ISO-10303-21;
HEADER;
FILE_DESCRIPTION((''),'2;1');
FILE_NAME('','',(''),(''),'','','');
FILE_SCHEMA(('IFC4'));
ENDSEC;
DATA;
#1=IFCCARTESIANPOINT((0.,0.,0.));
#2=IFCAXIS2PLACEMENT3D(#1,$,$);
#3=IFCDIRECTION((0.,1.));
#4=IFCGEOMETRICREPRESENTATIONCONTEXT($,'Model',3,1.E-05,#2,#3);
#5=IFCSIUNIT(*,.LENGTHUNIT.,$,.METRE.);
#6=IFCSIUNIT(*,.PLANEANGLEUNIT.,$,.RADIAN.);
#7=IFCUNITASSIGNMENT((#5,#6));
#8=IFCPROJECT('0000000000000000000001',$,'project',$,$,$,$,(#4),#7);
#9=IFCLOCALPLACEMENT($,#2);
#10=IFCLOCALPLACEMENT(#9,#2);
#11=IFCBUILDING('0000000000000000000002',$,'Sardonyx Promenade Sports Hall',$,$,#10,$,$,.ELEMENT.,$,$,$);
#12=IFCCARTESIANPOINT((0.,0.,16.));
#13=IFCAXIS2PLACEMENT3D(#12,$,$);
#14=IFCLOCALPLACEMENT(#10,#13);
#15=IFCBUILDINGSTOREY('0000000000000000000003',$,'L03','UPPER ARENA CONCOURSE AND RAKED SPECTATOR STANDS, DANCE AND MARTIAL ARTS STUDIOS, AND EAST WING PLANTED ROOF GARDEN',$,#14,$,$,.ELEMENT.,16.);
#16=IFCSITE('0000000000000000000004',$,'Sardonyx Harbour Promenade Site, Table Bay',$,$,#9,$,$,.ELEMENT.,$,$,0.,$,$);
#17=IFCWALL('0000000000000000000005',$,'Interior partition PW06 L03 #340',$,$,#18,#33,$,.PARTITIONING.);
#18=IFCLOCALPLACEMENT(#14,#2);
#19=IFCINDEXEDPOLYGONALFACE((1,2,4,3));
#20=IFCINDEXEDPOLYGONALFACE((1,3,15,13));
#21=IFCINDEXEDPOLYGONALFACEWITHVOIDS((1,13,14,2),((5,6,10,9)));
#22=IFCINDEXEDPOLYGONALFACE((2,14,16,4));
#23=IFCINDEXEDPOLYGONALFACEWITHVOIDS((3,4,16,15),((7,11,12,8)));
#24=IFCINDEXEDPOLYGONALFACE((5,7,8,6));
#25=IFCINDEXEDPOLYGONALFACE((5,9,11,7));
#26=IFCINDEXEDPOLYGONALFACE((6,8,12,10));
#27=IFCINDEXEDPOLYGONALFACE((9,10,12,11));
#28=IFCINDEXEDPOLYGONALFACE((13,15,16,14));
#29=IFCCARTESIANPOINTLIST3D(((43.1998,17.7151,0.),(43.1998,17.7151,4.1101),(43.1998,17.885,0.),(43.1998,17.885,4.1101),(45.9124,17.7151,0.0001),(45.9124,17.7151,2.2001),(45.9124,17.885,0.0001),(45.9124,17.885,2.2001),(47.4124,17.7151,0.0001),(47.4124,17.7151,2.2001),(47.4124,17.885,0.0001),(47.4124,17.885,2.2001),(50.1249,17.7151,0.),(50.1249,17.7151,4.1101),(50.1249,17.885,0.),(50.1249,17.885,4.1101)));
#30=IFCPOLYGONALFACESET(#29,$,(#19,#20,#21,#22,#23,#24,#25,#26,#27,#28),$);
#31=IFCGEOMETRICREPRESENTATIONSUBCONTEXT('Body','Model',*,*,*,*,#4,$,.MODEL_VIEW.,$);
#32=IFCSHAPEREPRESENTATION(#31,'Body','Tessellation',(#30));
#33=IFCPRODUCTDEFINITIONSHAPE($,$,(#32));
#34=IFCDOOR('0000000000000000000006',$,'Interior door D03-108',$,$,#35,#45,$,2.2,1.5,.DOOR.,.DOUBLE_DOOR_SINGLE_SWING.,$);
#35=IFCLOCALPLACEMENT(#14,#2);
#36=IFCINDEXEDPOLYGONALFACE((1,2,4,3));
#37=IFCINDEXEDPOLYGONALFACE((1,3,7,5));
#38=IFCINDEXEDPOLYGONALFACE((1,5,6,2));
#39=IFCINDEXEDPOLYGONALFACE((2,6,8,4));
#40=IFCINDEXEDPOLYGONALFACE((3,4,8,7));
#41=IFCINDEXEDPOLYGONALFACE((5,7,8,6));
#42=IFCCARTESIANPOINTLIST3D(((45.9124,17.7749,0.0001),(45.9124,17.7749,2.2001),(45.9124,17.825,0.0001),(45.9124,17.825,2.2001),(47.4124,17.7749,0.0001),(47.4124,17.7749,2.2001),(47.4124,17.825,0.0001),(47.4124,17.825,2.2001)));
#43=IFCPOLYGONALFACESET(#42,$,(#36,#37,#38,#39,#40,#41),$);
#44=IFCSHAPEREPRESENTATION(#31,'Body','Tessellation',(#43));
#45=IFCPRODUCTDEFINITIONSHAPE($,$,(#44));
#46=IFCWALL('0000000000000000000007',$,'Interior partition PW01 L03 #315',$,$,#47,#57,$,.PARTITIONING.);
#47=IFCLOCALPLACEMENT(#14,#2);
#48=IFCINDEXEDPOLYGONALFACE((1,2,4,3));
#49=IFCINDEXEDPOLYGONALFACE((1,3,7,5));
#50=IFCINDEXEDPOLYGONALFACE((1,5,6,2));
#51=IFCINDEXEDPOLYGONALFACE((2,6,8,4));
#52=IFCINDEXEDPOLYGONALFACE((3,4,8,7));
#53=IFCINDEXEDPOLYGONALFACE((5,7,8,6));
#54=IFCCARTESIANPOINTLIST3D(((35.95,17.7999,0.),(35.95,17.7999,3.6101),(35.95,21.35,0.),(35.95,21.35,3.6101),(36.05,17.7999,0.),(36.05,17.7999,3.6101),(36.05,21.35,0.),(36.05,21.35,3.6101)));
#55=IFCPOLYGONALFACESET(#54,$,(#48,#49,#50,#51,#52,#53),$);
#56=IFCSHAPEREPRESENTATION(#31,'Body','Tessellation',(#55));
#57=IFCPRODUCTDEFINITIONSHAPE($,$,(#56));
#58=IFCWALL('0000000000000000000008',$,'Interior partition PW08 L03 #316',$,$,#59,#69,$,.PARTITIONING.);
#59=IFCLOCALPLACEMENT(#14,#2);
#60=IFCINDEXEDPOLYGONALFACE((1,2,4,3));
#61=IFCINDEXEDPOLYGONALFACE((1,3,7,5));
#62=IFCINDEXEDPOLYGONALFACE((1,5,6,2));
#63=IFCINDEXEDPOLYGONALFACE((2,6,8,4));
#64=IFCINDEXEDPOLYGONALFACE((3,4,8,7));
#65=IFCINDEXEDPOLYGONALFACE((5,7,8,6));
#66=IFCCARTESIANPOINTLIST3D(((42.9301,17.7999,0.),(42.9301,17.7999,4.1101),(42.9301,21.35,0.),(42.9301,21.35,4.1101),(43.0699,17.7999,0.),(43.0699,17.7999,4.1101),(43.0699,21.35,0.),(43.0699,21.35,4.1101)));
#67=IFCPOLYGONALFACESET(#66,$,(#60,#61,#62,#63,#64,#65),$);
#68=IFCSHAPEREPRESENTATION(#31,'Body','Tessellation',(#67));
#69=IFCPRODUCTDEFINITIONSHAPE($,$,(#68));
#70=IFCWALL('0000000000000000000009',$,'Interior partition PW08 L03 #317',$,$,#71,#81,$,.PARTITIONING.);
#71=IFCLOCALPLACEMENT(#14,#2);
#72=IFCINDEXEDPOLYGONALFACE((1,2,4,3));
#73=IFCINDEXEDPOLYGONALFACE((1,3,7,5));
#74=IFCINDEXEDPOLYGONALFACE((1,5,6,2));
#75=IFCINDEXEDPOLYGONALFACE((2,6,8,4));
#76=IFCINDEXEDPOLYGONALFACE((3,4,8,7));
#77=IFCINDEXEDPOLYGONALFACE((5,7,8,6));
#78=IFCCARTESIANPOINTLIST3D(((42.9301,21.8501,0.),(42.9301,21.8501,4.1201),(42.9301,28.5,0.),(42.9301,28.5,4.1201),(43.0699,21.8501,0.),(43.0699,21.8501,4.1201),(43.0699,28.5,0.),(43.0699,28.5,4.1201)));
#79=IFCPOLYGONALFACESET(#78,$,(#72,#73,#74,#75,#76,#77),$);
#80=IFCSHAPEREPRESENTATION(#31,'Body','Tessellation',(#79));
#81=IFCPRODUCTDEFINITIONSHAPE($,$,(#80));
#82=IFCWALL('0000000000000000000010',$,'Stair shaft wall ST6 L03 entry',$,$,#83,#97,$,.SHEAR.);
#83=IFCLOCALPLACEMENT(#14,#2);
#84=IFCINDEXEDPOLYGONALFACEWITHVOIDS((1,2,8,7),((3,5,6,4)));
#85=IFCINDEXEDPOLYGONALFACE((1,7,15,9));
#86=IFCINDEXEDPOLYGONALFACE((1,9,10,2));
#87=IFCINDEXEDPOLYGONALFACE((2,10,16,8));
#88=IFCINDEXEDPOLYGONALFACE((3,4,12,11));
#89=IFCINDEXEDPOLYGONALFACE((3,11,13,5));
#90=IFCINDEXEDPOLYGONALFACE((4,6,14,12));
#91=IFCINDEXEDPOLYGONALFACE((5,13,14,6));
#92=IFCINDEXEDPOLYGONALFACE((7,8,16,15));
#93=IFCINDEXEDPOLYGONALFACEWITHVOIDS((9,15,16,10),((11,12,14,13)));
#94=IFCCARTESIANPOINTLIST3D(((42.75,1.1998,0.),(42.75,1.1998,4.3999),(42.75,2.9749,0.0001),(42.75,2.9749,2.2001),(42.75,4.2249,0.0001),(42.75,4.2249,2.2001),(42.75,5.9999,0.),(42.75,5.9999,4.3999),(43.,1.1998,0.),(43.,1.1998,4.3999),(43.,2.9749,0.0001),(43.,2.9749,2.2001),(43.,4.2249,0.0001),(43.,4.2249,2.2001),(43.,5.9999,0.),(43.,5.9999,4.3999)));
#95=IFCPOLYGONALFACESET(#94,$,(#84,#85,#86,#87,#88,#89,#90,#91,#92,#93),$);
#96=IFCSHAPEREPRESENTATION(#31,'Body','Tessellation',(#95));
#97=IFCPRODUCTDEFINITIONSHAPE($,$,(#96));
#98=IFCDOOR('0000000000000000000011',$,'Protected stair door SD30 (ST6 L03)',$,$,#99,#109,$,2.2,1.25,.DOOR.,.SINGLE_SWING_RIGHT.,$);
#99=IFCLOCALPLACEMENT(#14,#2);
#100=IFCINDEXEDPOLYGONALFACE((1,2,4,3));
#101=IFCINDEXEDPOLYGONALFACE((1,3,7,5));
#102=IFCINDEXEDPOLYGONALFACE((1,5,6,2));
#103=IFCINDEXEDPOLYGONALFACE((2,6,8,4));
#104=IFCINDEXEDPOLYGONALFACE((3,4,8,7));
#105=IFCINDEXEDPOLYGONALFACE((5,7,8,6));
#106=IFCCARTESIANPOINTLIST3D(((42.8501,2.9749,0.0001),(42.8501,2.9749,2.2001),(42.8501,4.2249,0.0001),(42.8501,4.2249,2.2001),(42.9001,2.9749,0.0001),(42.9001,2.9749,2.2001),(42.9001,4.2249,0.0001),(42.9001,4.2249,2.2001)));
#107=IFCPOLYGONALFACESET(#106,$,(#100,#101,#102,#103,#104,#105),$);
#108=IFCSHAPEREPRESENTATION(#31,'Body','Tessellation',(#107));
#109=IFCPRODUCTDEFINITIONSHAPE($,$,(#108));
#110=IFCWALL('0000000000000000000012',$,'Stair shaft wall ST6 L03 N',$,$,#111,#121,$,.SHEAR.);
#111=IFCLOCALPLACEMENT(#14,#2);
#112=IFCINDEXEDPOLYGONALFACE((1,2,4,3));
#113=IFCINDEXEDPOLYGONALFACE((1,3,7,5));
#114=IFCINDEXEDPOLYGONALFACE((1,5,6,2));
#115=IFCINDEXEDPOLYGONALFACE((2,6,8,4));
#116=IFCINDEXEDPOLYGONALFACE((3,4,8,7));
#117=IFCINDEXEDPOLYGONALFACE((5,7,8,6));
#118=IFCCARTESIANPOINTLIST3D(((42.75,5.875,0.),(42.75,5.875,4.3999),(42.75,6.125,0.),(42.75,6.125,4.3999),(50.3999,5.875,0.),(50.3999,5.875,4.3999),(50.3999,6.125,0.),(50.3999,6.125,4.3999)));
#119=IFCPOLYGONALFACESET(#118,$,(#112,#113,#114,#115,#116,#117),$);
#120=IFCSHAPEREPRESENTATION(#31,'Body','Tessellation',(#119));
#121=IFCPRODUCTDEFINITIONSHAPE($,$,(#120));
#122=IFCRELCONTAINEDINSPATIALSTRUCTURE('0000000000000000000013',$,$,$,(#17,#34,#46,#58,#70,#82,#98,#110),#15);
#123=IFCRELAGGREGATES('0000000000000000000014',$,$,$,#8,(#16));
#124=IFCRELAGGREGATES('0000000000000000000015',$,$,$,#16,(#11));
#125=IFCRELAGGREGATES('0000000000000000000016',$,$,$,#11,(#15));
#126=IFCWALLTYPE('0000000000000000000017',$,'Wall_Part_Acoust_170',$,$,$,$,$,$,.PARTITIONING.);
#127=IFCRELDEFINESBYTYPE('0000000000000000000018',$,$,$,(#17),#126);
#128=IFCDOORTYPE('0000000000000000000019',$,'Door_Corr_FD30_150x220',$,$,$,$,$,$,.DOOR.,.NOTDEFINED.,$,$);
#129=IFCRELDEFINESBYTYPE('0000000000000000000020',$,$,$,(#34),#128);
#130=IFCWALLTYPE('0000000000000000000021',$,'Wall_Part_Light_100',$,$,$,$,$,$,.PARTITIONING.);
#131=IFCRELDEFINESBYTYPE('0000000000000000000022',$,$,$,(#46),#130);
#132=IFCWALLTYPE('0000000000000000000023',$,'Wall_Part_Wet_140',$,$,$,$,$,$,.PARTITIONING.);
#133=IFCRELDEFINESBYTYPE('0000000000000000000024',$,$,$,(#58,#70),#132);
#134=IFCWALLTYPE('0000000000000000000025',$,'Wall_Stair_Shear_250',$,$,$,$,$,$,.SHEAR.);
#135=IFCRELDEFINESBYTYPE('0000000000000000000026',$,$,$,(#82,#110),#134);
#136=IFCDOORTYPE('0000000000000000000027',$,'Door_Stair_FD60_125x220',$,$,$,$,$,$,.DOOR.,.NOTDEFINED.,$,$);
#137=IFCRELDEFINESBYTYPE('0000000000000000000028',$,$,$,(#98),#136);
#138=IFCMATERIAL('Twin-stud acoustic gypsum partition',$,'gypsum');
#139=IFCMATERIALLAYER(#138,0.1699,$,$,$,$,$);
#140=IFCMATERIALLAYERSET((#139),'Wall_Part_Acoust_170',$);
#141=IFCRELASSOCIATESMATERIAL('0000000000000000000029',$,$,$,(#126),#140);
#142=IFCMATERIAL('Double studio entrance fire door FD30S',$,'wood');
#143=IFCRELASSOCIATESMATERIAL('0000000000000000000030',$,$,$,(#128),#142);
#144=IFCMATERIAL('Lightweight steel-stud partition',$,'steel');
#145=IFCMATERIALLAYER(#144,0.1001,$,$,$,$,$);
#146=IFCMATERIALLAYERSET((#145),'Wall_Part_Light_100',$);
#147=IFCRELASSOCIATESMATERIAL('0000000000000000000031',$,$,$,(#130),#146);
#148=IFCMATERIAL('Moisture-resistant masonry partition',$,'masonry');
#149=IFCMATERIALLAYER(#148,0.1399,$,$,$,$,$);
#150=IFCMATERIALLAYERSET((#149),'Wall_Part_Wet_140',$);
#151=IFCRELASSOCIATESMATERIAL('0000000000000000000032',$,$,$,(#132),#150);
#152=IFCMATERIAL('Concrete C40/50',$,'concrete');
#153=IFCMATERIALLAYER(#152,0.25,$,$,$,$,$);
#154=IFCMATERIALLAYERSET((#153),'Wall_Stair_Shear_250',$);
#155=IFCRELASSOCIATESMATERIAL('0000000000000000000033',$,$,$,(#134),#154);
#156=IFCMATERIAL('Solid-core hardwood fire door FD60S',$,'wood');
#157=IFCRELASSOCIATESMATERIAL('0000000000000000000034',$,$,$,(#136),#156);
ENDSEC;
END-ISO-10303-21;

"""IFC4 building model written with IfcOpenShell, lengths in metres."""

from ifc_helpers import new_model, si_unit, direction, frame, frame_2d, origin, place, context, subcontext, project, spatial, rectangle, extrude, material, layer, layer_set, type_object, element, fill, save


model = new_model("IFC4")

# Units and contexts
model_context = context("Model", 3, precision=1e-05, world=origin(), true_north=direction((0.0, 1.0)))
body_context = subcontext(model_context, "Body", "Model", "MODEL_VIEW")
ifc_project = project(units=[si_unit("LENGTHUNIT", "METRE"), si_unit("PLANEANGLEUNIT", "RADIAN")], contexts=[model_context])

# Site, building, storey
site_placement = place(None, origin())
site = spatial("IfcSite", under=ifc_project, at=site_placement, Name="Sardonyx Harbour Promenade Site, Table Bay", CompositionType="ELEMENT", RefElevation=0.0)
building_placement = place(site_placement, origin())
building = spatial("IfcBuilding", under=site, at=building_placement, Name="Sardonyx Promenade Sports Hall", CompositionType="ELEMENT")
storey_placement = place(building_placement, frame((0.0, 0.0, 16.0)))
storey = spatial("IfcBuildingStorey", under=building, at=storey_placement, Name="L03", Description="UPPER ARENA CONCOURSE AND RAKED SPECTATOR STANDS, DANCE AND MARTIAL ARTS STUDIOS, AND EAST WING PLANTED ROOF GARDEN", CompositionType="ELEMENT", Elevation=16.0)

# Wall, opening, door
ifc_material_1 = material(Name="Twin-stud acoustic gypsum partition", Category="gypsum")
ifc_layer_1 = layer(ifc_material_1, 0.1699)
ifc_layer_set_1 = layer_set([ifc_layer_1], Name="Wall_Part_Acoust_170")
wall_type_1 = type_object("IfcWallType", Name="Wall_Part_Acoust_170", PredefinedType="PARTITIONING", material=ifc_layer_set_1)
ifc_material_2 = material(Name="Double studio entrance fire door FD30S", Category="wood")
door_type_1 = type_object("IfcDoorType", Name="Door_Corr_FD30_150x220", OperationType="NOTDEFINED", PredefinedType="DOOR", material=ifc_material_2)
wall_1_placement = place(storey_placement, frame((43.2, 17.8, 0.0), z_axis=(0.0, 0.0, 1.0), x_axis=(1.0, 0.0, 0.0)))
wall_1 = element("IfcWall", 1, at=wall_1_placement, inside=storey, type_object=wall_type_1, Name="Interior partition PW06 L03 #340", PredefinedType="PARTITIONING", context=body_context, shape_type="SweptSolid", body=[
    extrude(rectangle(XDim=6.925, YDim=0.1699, at=frame_2d((3.4624, 0.0))), origin(), (0.0, 0.0, 1.0), 4.1101),
])
opening_1_placement = place(wall_1_placement, frame((2.7124, 0.0, 0.0)))
opening_1 = element("IfcOpeningElement", 2, at=opening_1_placement, cuts=wall_1, PredefinedType="OPENING", context=body_context, shape_type="SweptSolid", body=[
    extrude(rectangle(XDim=1.5, YDim=2.2, at=frame_2d((0.75, 1.1001))), frame((0.0, 0.095, 0.0), z_axis=(0.0, -1.0, 0.0), x_axis=(1.0, 0.0, 0.0)), (0.0, 0.0, 1.0), 0.19),
])
door_1_placement = place(opening_1_placement, origin())
door_1 = element("IfcDoor", 3, at=door_1_placement, inside=storey, type_object=door_type_1, Name="Interior door D03-108", OperationType="DOUBLE_DOOR_SINGLE_SWING", OverallHeight=2.2, OverallWidth=1.5, PredefinedType="DOOR", context=body_context, shape_type="SweptSolid", body=[
    extrude(rectangle(XDim=1.5, YDim=2.2, at=frame_2d((0.75, 1.1001))), frame((0.0, 0.0249, 0.0), z_axis=(0.0, -1.0, 0.0), x_axis=(1.0, 0.0, 0.0)), (0.0, 0.0, 1.0), 0.05),
])
fill(opening_1, door_1)

# Walls
ifc_material_3 = material(Name="Lightweight steel-stud partition", Category="steel")
ifc_layer_2 = layer(ifc_material_3, 0.1001)
ifc_layer_set_2 = layer_set([ifc_layer_2], Name="Wall_Part_Light_100")
wall_type_2 = type_object("IfcWallType", Name="Wall_Part_Light_100", PredefinedType="PARTITIONING", material=ifc_layer_set_2)
wall_2_placement = place(storey_placement, frame((36.0, 17.8, 0.0), z_axis=(0.0, 0.0, 1.0), x_axis=(0.0, 1.0, 0.0)))
element("IfcWall", 4, at=wall_2_placement, inside=storey, type_object=wall_type_2, Name="Interior partition PW01 L03 #315", PredefinedType="PARTITIONING", context=body_context, shape_type="SweptSolid", body=[
    extrude(rectangle(XDim=3.55, YDim=0.1001, at=frame_2d((1.7749, 0.0))), origin(), (0.0, 0.0, 1.0), 3.6101),
])
ifc_material_4 = material(Name="Moisture-resistant masonry partition", Category="masonry")
ifc_layer_3 = layer(ifc_material_4, 0.1399)
ifc_layer_set_3 = layer_set([ifc_layer_3], Name="Wall_Part_Wet_140")
wall_type_3 = type_object("IfcWallType", Name="Wall_Part_Wet_140", PredefinedType="PARTITIONING", material=ifc_layer_set_3)
wall_3_placement = place(storey_placement, frame((43.0, 17.8, 0.0), z_axis=(0.0, 0.0, 1.0), x_axis=(0.0, 1.0, 0.0)))
element("IfcWall", 5, at=wall_3_placement, inside=storey, type_object=wall_type_3, Name="Interior partition PW08 L03 #316", PredefinedType="PARTITIONING", context=body_context, shape_type="SweptSolid", body=[
    extrude(rectangle(XDim=3.55, YDim=0.1399, at=frame_2d((1.7749, 0.0))), origin(), (0.0, 0.0, 1.0), 4.1101),
])
wall_4_placement = place(storey_placement, frame((43.0, 21.8501, 0.0), z_axis=(0.0, 0.0, 1.0), x_axis=(0.0, 1.0, 0.0)))
element("IfcWall", 6, at=wall_4_placement, inside=storey, type_object=wall_type_3, Name="Interior partition PW08 L03 #317", PredefinedType="PARTITIONING", context=body_context, shape_type="SweptSolid", body=[
    extrude(rectangle(XDim=6.6499, YDim=0.1399, at=frame_2d((3.325, 0.0))), origin(), (0.0, 0.0, 1.0), 4.1201),
])

# Wall, opening, door
ifc_material_5 = material(Name="Concrete C40/50", Category="concrete")
ifc_layer_4 = layer(ifc_material_5, 0.25)
ifc_layer_set_4 = layer_set([ifc_layer_4], Name="Wall_Stair_Shear_250")
wall_type_4 = type_object("IfcWallType", Name="Wall_Stair_Shear_250", PredefinedType="SHEAR", material=ifc_layer_set_4)
wall_5_placement = place(storey_placement, frame((42.875, 1.2, 0.0), z_axis=(0.0, 0.0, 1.0), x_axis=(0.0, 1.0, 0.0)))
wall_5 = element("IfcWall", 7, at=wall_5_placement, inside=storey, type_object=wall_type_4, Name="Stair shaft wall ST6 L03 entry", PredefinedType="SHEAR", context=body_context, shape_type="SweptSolid", body=[
    extrude(rectangle(XDim=4.8, YDim=0.25, at=frame_2d((2.3999, 0.0))), origin(), (0.0, 0.0, 1.0), 4.3999),
])
opening_2_placement = place(wall_5_placement, frame((1.7749, 0.0, 0.0)))
opening_2 = element("IfcOpeningElement", 8, at=opening_2_placement, cuts=wall_5, PredefinedType="OPENING", context=body_context, shape_type="SweptSolid", body=[
    extrude(rectangle(XDim=1.25, YDim=2.2, at=frame_2d((0.625, 1.1001))), frame((0.0, 0.135, 0.0), z_axis=(0.0, -1.0, 0.0), x_axis=(1.0, 0.0, 0.0)), (0.0, 0.0, 1.0), 0.27),
])
ifc_material_6 = material(Name="Solid-core hardwood fire door FD60S", Category="wood")
door_type_2 = type_object("IfcDoorType", Name="Door_Stair_FD60_125x220", OperationType="NOTDEFINED", PredefinedType="DOOR", material=ifc_material_6)
door_2_placement = place(opening_2_placement, origin())
door_2 = element("IfcDoor", 9, at=door_2_placement, inside=storey, type_object=door_type_2, Name="Protected stair door SD30 (ST6 L03)", OperationType="SINGLE_SWING_RIGHT", OverallHeight=2.2, OverallWidth=1.25, PredefinedType="DOOR", context=body_context, shape_type="SweptSolid", body=[
    extrude(rectangle(XDim=1.25, YDim=2.2, at=frame_2d((0.625, 1.1001))), frame((0.0, 0.0249, 0.0), z_axis=(0.0, -1.0, 0.0), x_axis=(1.0, 0.0, 0.0)), (0.0, 0.0, 1.0), 0.05),
])
fill(opening_2, door_2)

# Wall
wall_6_placement = place(storey_placement, frame((42.75, 6.0, 0.0), z_axis=(0.0, 0.0, 1.0), x_axis=(1.0, 0.0, 0.0)))
element("IfcWall", 10, at=wall_6_placement, inside=storey, type_object=wall_type_4, Name="Stair shaft wall ST6 L03 N", PredefinedType="SHEAR", context=body_context, shape_type="SweptSolid", body=[
    extrude(rectangle(XDim=7.6499, YDim=0.25, at=frame_2d((3.825, 0.0))), origin(), (0.0, 0.0, 1.0), 4.3999),
])

save(model, "model.ifc")
